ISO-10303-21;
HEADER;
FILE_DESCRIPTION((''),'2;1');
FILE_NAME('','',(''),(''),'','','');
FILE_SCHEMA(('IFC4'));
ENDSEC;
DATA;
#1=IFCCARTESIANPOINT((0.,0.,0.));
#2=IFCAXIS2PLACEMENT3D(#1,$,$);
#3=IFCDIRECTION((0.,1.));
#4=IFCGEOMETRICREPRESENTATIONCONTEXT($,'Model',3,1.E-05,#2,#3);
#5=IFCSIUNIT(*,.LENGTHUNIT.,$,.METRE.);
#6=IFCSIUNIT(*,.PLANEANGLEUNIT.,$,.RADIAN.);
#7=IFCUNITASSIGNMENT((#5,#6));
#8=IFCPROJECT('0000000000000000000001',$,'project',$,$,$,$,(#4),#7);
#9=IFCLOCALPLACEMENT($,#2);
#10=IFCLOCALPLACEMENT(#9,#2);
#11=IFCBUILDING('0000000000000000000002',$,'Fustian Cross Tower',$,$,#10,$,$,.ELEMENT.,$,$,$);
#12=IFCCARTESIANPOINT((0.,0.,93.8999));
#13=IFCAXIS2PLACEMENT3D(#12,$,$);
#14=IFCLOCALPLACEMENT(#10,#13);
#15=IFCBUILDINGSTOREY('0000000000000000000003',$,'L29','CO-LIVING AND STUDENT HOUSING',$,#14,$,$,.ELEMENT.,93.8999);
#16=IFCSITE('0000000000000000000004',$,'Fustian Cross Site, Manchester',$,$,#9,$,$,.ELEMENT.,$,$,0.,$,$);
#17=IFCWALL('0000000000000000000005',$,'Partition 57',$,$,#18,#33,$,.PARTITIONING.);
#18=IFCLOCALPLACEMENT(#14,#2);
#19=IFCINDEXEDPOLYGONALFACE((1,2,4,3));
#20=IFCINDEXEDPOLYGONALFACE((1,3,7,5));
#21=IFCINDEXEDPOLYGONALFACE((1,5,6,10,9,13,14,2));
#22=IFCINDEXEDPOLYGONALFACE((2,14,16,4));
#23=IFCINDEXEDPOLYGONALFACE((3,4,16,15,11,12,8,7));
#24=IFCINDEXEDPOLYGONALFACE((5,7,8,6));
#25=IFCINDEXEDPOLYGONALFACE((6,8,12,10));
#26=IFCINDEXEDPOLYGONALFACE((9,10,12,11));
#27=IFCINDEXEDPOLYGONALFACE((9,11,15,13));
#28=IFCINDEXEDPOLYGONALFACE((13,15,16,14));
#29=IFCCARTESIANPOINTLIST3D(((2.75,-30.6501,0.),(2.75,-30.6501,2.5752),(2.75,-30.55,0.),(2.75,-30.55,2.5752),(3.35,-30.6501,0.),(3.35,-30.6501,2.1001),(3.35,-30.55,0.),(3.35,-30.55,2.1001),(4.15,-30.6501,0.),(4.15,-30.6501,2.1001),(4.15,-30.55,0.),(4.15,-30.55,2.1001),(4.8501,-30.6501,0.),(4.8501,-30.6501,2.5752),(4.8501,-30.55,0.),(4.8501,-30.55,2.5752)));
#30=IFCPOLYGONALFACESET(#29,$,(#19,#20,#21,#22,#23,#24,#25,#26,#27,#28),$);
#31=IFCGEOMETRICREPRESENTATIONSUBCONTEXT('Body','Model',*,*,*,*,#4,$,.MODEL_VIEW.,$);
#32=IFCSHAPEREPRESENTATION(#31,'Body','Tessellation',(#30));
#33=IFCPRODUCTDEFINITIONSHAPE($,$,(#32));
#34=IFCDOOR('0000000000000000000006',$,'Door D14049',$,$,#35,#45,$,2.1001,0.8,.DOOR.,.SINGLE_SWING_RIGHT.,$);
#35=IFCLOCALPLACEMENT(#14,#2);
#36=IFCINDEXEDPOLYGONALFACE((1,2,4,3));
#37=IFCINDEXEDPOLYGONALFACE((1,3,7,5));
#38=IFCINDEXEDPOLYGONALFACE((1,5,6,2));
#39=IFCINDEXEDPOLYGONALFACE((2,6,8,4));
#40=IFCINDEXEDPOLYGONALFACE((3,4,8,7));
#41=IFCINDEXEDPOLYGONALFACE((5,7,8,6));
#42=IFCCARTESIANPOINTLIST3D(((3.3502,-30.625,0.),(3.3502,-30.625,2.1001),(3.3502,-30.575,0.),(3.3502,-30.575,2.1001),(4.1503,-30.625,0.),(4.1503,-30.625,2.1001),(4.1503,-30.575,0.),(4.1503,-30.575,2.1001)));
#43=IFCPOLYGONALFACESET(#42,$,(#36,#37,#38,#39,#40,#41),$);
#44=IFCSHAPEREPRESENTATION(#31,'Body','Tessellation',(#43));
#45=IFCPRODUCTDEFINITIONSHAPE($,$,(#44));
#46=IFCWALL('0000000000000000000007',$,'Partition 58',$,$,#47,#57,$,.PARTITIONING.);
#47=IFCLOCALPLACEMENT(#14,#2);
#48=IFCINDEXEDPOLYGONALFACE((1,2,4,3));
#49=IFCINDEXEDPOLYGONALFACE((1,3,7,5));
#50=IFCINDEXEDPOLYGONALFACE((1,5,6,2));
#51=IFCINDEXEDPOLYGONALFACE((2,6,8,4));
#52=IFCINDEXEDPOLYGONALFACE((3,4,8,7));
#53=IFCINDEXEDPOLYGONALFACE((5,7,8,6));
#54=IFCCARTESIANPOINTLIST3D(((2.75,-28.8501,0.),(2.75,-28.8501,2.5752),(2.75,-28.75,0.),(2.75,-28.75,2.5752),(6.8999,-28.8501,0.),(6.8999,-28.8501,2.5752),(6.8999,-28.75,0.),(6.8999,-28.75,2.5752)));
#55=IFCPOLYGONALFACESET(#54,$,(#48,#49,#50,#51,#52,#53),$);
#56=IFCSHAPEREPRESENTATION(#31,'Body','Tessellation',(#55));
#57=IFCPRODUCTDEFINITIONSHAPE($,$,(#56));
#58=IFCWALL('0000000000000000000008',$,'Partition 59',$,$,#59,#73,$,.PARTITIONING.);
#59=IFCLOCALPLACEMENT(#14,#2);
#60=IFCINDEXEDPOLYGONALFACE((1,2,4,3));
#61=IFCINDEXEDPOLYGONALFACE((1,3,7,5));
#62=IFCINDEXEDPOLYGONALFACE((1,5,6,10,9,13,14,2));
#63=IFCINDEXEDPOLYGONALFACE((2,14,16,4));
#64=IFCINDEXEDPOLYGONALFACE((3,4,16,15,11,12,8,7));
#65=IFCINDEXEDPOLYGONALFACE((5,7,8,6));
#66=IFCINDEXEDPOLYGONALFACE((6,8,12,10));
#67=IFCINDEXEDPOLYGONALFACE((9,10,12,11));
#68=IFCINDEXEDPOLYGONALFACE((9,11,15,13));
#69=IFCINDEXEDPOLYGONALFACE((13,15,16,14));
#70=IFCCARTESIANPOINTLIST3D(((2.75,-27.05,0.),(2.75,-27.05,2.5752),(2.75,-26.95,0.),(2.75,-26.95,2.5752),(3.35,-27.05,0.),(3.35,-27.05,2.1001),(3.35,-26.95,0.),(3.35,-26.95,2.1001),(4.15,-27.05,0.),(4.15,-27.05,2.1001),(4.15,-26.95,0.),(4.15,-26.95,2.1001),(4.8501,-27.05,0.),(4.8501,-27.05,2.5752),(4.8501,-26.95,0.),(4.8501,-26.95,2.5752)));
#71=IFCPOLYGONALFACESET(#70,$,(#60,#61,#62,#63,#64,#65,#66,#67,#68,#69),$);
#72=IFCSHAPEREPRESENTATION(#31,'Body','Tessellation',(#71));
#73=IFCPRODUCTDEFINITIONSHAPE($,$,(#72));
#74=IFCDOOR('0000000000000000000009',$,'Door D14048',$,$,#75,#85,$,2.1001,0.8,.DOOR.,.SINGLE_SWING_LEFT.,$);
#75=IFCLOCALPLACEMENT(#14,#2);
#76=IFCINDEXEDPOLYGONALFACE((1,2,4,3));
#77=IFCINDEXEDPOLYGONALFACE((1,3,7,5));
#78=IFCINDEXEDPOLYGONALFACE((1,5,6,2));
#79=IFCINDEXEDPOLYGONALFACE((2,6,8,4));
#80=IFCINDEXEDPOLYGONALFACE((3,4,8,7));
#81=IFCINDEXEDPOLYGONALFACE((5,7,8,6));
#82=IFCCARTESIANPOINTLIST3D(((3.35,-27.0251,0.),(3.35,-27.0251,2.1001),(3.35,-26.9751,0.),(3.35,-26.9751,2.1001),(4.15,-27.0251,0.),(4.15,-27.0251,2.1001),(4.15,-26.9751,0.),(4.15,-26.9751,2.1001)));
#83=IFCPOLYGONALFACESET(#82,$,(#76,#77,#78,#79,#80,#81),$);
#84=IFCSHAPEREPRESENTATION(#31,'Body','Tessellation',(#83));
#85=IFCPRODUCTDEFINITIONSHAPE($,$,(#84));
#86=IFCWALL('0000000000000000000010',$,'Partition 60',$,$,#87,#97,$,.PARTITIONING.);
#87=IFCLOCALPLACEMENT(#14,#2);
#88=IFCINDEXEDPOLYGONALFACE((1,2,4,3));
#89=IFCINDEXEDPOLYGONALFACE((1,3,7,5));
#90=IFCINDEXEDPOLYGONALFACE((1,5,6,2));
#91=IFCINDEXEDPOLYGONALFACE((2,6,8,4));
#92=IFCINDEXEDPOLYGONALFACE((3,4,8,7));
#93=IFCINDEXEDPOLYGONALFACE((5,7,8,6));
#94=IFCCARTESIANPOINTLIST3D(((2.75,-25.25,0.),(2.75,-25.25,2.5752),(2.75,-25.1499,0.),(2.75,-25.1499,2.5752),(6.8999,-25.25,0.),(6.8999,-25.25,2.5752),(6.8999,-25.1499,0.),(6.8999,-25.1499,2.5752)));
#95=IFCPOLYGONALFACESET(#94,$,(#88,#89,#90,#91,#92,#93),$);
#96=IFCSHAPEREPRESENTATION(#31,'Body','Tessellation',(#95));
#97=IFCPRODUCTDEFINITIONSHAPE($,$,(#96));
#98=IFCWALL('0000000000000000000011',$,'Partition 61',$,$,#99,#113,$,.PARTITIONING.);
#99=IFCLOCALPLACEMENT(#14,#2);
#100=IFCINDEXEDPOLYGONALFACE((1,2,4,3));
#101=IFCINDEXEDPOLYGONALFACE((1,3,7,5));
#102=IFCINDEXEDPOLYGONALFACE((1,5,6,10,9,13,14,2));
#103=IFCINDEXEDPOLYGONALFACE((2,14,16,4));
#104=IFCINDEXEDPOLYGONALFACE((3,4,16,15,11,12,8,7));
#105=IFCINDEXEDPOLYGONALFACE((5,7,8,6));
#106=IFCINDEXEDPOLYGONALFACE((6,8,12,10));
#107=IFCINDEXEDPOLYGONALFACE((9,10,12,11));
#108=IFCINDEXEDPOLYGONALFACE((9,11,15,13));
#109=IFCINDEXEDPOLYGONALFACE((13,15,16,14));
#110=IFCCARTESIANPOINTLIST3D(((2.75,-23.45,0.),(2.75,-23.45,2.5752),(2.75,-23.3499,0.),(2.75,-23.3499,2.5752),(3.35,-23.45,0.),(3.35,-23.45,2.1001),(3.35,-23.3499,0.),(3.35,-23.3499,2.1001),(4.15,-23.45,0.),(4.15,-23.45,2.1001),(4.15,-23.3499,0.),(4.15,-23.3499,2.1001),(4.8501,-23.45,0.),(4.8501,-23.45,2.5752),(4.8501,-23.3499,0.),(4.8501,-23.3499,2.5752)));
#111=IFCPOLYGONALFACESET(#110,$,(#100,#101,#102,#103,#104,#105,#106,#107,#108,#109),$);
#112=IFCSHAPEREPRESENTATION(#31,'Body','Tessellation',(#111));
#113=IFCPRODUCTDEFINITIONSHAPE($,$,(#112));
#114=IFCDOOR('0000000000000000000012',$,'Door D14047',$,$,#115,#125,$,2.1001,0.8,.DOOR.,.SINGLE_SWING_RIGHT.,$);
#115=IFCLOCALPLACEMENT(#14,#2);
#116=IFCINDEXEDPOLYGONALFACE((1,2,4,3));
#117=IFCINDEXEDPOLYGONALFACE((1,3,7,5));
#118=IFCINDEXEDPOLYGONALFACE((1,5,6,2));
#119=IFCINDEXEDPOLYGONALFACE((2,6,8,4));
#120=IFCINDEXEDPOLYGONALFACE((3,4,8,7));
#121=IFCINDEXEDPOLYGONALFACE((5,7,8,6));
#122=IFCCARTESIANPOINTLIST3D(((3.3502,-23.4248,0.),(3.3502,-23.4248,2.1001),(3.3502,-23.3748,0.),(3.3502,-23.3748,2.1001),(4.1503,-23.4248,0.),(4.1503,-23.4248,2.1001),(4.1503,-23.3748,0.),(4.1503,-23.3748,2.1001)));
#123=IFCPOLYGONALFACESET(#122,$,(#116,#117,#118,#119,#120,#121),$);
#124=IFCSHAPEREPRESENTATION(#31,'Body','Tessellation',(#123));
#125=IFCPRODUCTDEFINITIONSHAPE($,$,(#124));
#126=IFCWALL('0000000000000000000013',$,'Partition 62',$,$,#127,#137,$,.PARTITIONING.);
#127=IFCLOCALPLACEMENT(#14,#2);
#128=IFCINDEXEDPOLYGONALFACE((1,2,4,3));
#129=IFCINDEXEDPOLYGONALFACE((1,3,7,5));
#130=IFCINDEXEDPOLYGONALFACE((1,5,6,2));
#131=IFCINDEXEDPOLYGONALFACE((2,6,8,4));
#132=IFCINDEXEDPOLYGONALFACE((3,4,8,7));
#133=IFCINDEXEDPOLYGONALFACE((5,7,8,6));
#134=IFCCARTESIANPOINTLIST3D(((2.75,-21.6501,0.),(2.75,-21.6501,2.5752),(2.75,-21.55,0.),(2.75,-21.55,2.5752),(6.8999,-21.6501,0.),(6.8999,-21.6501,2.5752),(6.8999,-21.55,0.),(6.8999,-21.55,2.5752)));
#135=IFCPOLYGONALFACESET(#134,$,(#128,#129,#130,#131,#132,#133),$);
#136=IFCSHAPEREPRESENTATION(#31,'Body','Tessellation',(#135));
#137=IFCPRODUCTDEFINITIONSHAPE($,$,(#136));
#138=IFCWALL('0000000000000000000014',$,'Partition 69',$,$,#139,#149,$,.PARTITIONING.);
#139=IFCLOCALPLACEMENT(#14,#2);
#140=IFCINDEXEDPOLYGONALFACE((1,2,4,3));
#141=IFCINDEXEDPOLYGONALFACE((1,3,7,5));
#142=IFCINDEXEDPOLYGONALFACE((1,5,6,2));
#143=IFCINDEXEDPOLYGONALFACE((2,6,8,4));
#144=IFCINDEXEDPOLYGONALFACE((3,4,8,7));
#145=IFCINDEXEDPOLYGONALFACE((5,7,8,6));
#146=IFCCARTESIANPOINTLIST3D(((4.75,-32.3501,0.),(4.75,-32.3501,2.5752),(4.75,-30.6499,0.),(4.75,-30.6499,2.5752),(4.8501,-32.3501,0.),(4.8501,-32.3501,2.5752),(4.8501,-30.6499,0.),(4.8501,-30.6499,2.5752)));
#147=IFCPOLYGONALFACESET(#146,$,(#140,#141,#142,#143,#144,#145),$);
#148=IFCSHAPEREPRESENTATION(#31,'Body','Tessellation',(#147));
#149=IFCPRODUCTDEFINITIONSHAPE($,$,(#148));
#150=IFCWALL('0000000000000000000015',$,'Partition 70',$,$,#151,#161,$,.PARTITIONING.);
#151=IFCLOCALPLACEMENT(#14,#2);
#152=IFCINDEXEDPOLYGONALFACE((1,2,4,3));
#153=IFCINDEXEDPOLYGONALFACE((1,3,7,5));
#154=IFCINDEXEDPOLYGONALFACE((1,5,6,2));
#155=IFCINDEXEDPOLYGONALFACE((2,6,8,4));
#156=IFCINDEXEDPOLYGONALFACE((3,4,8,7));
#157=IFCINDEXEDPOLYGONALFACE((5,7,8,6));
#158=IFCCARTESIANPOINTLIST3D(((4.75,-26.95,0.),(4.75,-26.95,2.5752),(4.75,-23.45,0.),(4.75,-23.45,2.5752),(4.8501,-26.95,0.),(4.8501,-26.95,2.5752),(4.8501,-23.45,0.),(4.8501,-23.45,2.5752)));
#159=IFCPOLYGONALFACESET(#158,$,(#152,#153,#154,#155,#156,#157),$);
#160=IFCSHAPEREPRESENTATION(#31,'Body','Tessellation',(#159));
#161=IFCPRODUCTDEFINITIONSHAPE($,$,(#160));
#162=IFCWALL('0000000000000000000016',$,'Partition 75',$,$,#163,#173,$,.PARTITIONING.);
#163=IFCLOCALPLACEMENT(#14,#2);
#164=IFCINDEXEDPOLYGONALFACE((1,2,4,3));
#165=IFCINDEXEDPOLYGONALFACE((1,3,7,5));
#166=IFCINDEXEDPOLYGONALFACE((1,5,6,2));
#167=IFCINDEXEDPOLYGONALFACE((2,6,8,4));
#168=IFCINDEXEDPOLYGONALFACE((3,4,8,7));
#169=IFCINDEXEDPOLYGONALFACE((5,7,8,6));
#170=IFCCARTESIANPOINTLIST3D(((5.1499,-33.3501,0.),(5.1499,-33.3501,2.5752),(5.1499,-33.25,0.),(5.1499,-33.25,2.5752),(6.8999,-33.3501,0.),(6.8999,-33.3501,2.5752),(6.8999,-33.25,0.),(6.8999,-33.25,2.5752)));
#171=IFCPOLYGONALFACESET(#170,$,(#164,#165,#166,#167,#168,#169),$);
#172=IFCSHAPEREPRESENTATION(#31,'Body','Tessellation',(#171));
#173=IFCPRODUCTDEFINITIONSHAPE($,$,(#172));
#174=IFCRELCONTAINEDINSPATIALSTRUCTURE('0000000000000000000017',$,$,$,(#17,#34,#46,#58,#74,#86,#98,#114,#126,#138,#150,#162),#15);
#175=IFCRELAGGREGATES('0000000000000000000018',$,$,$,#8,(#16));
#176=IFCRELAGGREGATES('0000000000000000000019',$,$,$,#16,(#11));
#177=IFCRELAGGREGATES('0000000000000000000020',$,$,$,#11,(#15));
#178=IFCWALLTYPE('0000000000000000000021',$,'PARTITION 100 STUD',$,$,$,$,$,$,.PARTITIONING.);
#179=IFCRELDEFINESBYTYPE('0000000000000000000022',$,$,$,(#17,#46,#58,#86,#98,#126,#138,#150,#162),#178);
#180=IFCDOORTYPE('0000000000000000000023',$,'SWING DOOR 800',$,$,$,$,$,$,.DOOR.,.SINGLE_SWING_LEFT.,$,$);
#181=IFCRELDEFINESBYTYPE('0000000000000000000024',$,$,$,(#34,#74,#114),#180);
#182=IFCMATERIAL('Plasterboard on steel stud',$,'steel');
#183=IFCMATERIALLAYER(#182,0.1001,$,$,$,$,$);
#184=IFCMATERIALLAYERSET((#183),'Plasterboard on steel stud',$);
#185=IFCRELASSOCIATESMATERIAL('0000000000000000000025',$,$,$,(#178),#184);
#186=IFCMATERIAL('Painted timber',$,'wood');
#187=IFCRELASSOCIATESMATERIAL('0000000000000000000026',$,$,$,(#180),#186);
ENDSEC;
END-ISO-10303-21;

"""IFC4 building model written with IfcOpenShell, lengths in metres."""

from ifc_helpers import new_model, si_unit, direction, frame, frame_2d, origin, place, context, subcontext, project, spatial, rectangle, extrude, material, layer, layer_set, type_object, element, fill, save


model = new_model("IFC4")

# Units and contexts
model_context = context("Model", 3, precision=1e-05, world=origin(), true_north=direction((0.0, 1.0)))
body_context = subcontext(model_context, "Body", "Model", "MODEL_VIEW")
ifc_project = project(units=[si_unit("LENGTHUNIT", "METRE"), si_unit("PLANEANGLEUNIT", "RADIAN")], contexts=[model_context])

# Site, building, storey
site_placement = place(None, origin())
site = spatial("IfcSite", under=ifc_project, at=site_placement, Name="Fustian Cross Site, Manchester", CompositionType="ELEMENT", RefElevation=0.0)
building_placement = place(site_placement, origin())
building = spatial("IfcBuilding", under=site, at=building_placement, Name="Fustian Cross Tower", CompositionType="ELEMENT")
storey_placement = place(building_placement, frame((0.0, 0.0, 93.8999)))
storey = spatial("IfcBuildingStorey", under=building, at=storey_placement, Name="L29", Description="CO-LIVING AND STUDENT HOUSING", CompositionType="ELEMENT", Elevation=93.8999)

# Shared definitions
ifc_material_1 = material(Name="Plasterboard on steel stud", Category="steel")
ifc_layer = layer(ifc_material_1, 0.1001)
ifc_layer_set = layer_set([ifc_layer], Name="Plasterboard on steel stud")
wall_type = type_object("IfcWallType", Name="PARTITION 100 STUD", PredefinedType="PARTITIONING", material=ifc_layer_set)

# Wall, opening, door
wall_1_placement = place(storey_placement, frame((2.75, -30.6001, 0.0), z_axis=(0.0, 0.0, 1.0), x_axis=(1.0, 0.0, 0.0)))
wall_1 = element("IfcWall", 1, at=wall_1_placement, inside=storey, type_object=wall_type, Name="Partition 57", PredefinedType="PARTITIONING", context=body_context, shape_type="SweptSolid", body=[
    extrude(rectangle(XDim=2.1001, YDim=0.1001, at=frame_2d((1.05, 0.0))), origin(), (0.0, 0.0, 1.0), 2.5752),
])
opening_1_placement = place(wall_1_placement, frame((0.6001, 0.0, 0.0)))
opening_1 = element("IfcOpeningElement", 2, at=opening_1_placement, cuts=wall_1, PredefinedType="OPENING", context=body_context, shape_type="SweptSolid", body=[
    extrude(rectangle(XDim=0.8, YDim=2.1001, at=frame_2d((0.3999, 1.05))), frame((0.0, 0.0601, 0.0), z_axis=(0.0, -1.0, 0.0), x_axis=(1.0, 0.0, 0.0)), (0.0, 0.0, 1.0), 0.1201),
])
ifc_material_2 = material(Name="Painted timber", Category="wood")
door_type_1 = type_object("IfcDoorType", Name="SWING DOOR 800", OperationType="SINGLE_SWING_LEFT", PredefinedType="DOOR", material=ifc_material_2)
door_1_placement = place(opening_1_placement, frame((0.8, 0.0, 0.0), z_axis=(0.0, 0.0, 1.0), x_axis=(-1.0, 0.0, 0.0)))
door_1 = element("IfcDoor", 3, at=door_1_placement, inside=storey, type_object=door_type_1, Name="Door D14049", OperationType="SINGLE_SWING_RIGHT", OverallHeight=2.1001, OverallWidth=0.8, PredefinedType="DOOR", context=body_context, shape_type="SweptSolid", body=[
    extrude(rectangle(XDim=0.8, YDim=2.1001, at=frame_2d((0.3999, 1.05))), frame((0.0, 0.0249, 0.0), z_axis=(0.0, -1.0, 0.0), x_axis=(1.0, 0.0, 0.0)), (0.0, 0.0, 1.0), 0.05),
])
fill(opening_1, door_1)

# Wall
wall_2_placement = place(storey_placement, frame((2.75, -28.8, 0.0), z_axis=(0.0, 0.0, 1.0), x_axis=(1.0, 0.0, 0.0)))
element("IfcWall", 4, at=wall_2_placement, inside=storey, type_object=wall_type, Name="Partition 58", PredefinedType="PARTITIONING", context=body_context, shape_type="SweptSolid", body=[
    extrude(rectangle(XDim=4.1499, YDim=0.1001, at=frame_2d((2.075, 0.0))), origin(), (0.0, 0.0, 1.0), 2.5752),
])

# Wall, opening, door
wall_3_placement = place(storey_placement, frame((2.75, -27.0, 0.0), z_axis=(0.0, 0.0, 1.0), x_axis=(1.0, 0.0, 0.0)))
wall_3 = element("IfcWall", 5, at=wall_3_placement, inside=storey, type_object=wall_type, Name="Partition 59", PredefinedType="PARTITIONING", context=body_context, shape_type="SweptSolid", body=[
    extrude(rectangle(XDim=2.1001, YDim=0.1001, at=frame_2d((1.05, 0.0))), origin(), (0.0, 0.0, 1.0), 2.5752),
])
opening_2_placement = place(wall_3_placement, frame((0.6001, 0.0, 0.0)))
opening_2 = element("IfcOpeningElement", 6, at=opening_2_placement, cuts=wall_3, PredefinedType="OPENING", context=body_context, shape_type="SweptSolid", body=[
    extrude(rectangle(XDim=0.8, YDim=2.1001, at=frame_2d((0.3999, 1.05))), frame((0.0, 0.0601, 0.0), z_axis=(0.0, -1.0, 0.0), x_axis=(1.0, 0.0, 0.0)), (0.0, 0.0, 1.0), 0.1201),
])
door_2_placement = place(opening_2_placement, origin())
door_2 = element("IfcDoor", 7, at=door_2_placement, inside=storey, type_object=door_type_1, Name="Door D14048", OperationType="SINGLE_SWING_LEFT", OverallHeight=2.1001, OverallWidth=0.8, PredefinedType="DOOR", context=body_context, shape_type="SweptSolid", body=[
    extrude(rectangle(XDim=0.8, YDim=2.1001, at=frame_2d((0.3999, 1.05))), frame((0.0, 0.0249, 0.0), z_axis=(0.0, -1.0, 0.0), x_axis=(1.0, 0.0, 0.0)), (0.0, 0.0, 1.0), 0.05),
])
fill(opening_2, door_2)

# Wall
wall_4_placement = place(storey_placement, frame((2.75, -25.2, 0.0), z_axis=(0.0, 0.0, 1.0), x_axis=(1.0, 0.0, 0.0)))
element("IfcWall", 8, at=wall_4_placement, inside=storey, type_object=wall_type, Name="Partition 60", PredefinedType="PARTITIONING", context=body_context, shape_type="SweptSolid", body=[
    extrude(rectangle(XDim=4.1499, YDim=0.1001, at=frame_2d((2.075, 0.0))), origin(), (0.0, 0.0, 1.0), 2.5752),
])

# Wall, opening, door
wall_5_placement = place(storey_placement, frame((2.75, -23.3999, 0.0), z_axis=(0.0, 0.0, 1.0), x_axis=(1.0, 0.0, 0.0)))
wall_5 = element("IfcWall", 9, at=wall_5_placement, inside=storey, type_object=wall_type, Name="Partition 61", PredefinedType="PARTITIONING", context=body_context, shape_type="SweptSolid", body=[
    extrude(rectangle(XDim=2.1001, YDim=0.1001, at=frame_2d((1.05, 0.0))), origin(), (0.0, 0.0, 1.0), 2.5752),
])
opening_3_placement = place(wall_5_placement, frame((0.6001, 0.0, 0.0)))
opening_3 = element("IfcOpeningElement", 10, at=opening_3_placement, cuts=wall_5, PredefinedType="OPENING", context=body_context, shape_type="SweptSolid", body=[
    extrude(rectangle(XDim=0.8, YDim=2.1001, at=frame_2d((0.3999, 1.05))), frame((0.0, 0.0601, 0.0), z_axis=(0.0, -1.0, 0.0), x_axis=(1.0, 0.0, 0.0)), (0.0, 0.0, 1.0), 0.1201),
])
door_3_placement = place(opening_3_placement, frame((0.8, 0.0, 0.0), z_axis=(0.0, 0.0, 1.0), x_axis=(-1.0, 0.0, 0.0)))
door_3 = element("IfcDoor", 11, at=door_3_placement, inside=storey, type_object=door_type_1, Name="Door D14047", OperationType="SINGLE_SWING_RIGHT", OverallHeight=2.1001, OverallWidth=0.8, PredefinedType="DOOR", context=body_context, shape_type="SweptSolid", body=[
    extrude(rectangle(XDim=0.8, YDim=2.1001, at=frame_2d((0.3999, 1.05))), frame((0.0, 0.0249, 0.0), z_axis=(0.0, -1.0, 0.0), x_axis=(1.0, 0.0, 0.0)), (0.0, 0.0, 1.0), 0.05),
])
fill(opening_3, door_3)

# Walls
wall_6_placement = place(storey_placement, frame((2.75, -21.6001, 0.0), z_axis=(0.0, 0.0, 1.0), x_axis=(1.0, 0.0, 0.0)))
element("IfcWall", 12, at=wall_6_placement, inside=storey, type_object=wall_type, Name="Partition 62", PredefinedType="PARTITIONING", context=body_context, shape_type="SweptSolid", body=[
    extrude(rectangle(XDim=4.1499, YDim=0.1001, at=frame_2d((2.075, 0.0))), origin(), (0.0, 0.0, 1.0), 2.5752),
])
wall_7_placement = place(storey_placement, frame((4.8, -32.3501, 0.0), z_axis=(0.0, 0.0, 1.0), x_axis=(0.0, 1.0, 0.0)))
element("IfcWall", 13, at=wall_7_placement, inside=storey, type_object=wall_type, Name="Partition 69", PredefinedType="PARTITIONING", context=body_context, shape_type="SweptSolid", body=[
    extrude(rectangle(XDim=1.7002, YDim=0.1001, at=frame_2d((0.8501, 0.0))), origin(), (0.0, 0.0, 1.0), 2.5752),
])
wall_8_placement = place(storey_placement, frame((4.8, -26.95, 0.0), z_axis=(0.0, 0.0, 1.0), x_axis=(0.0, 1.0, 0.0)))
element("IfcWall", 14, at=wall_8_placement, inside=storey, type_object=wall_type, Name="Partition 70", PredefinedType="PARTITIONING", context=body_context, shape_type="SweptSolid", body=[
    extrude(rectangle(XDim=3.5, YDim=0.1001, at=frame_2d((1.75, 0.0))), origin(), (0.0, 0.0, 1.0), 2.5752),
])
wall_9_placement = place(storey_placement, frame((5.1499, -33.3, 0.0), z_axis=(0.0, 0.0, 1.0), x_axis=(1.0, 0.0, 0.0)))
element("IfcWall", 15, at=wall_9_placement, inside=storey, type_object=wall_type, Name="Partition 75", PredefinedType="PARTITIONING", context=body_context, shape_type="SweptSolid", body=[
    extrude(rectangle(XDim=1.75, YDim=0.1001, at=frame_2d((0.875, 0.0))), origin(), (0.0, 0.0, 1.0), 2.5752),
])

save(model, "model.ifc")
